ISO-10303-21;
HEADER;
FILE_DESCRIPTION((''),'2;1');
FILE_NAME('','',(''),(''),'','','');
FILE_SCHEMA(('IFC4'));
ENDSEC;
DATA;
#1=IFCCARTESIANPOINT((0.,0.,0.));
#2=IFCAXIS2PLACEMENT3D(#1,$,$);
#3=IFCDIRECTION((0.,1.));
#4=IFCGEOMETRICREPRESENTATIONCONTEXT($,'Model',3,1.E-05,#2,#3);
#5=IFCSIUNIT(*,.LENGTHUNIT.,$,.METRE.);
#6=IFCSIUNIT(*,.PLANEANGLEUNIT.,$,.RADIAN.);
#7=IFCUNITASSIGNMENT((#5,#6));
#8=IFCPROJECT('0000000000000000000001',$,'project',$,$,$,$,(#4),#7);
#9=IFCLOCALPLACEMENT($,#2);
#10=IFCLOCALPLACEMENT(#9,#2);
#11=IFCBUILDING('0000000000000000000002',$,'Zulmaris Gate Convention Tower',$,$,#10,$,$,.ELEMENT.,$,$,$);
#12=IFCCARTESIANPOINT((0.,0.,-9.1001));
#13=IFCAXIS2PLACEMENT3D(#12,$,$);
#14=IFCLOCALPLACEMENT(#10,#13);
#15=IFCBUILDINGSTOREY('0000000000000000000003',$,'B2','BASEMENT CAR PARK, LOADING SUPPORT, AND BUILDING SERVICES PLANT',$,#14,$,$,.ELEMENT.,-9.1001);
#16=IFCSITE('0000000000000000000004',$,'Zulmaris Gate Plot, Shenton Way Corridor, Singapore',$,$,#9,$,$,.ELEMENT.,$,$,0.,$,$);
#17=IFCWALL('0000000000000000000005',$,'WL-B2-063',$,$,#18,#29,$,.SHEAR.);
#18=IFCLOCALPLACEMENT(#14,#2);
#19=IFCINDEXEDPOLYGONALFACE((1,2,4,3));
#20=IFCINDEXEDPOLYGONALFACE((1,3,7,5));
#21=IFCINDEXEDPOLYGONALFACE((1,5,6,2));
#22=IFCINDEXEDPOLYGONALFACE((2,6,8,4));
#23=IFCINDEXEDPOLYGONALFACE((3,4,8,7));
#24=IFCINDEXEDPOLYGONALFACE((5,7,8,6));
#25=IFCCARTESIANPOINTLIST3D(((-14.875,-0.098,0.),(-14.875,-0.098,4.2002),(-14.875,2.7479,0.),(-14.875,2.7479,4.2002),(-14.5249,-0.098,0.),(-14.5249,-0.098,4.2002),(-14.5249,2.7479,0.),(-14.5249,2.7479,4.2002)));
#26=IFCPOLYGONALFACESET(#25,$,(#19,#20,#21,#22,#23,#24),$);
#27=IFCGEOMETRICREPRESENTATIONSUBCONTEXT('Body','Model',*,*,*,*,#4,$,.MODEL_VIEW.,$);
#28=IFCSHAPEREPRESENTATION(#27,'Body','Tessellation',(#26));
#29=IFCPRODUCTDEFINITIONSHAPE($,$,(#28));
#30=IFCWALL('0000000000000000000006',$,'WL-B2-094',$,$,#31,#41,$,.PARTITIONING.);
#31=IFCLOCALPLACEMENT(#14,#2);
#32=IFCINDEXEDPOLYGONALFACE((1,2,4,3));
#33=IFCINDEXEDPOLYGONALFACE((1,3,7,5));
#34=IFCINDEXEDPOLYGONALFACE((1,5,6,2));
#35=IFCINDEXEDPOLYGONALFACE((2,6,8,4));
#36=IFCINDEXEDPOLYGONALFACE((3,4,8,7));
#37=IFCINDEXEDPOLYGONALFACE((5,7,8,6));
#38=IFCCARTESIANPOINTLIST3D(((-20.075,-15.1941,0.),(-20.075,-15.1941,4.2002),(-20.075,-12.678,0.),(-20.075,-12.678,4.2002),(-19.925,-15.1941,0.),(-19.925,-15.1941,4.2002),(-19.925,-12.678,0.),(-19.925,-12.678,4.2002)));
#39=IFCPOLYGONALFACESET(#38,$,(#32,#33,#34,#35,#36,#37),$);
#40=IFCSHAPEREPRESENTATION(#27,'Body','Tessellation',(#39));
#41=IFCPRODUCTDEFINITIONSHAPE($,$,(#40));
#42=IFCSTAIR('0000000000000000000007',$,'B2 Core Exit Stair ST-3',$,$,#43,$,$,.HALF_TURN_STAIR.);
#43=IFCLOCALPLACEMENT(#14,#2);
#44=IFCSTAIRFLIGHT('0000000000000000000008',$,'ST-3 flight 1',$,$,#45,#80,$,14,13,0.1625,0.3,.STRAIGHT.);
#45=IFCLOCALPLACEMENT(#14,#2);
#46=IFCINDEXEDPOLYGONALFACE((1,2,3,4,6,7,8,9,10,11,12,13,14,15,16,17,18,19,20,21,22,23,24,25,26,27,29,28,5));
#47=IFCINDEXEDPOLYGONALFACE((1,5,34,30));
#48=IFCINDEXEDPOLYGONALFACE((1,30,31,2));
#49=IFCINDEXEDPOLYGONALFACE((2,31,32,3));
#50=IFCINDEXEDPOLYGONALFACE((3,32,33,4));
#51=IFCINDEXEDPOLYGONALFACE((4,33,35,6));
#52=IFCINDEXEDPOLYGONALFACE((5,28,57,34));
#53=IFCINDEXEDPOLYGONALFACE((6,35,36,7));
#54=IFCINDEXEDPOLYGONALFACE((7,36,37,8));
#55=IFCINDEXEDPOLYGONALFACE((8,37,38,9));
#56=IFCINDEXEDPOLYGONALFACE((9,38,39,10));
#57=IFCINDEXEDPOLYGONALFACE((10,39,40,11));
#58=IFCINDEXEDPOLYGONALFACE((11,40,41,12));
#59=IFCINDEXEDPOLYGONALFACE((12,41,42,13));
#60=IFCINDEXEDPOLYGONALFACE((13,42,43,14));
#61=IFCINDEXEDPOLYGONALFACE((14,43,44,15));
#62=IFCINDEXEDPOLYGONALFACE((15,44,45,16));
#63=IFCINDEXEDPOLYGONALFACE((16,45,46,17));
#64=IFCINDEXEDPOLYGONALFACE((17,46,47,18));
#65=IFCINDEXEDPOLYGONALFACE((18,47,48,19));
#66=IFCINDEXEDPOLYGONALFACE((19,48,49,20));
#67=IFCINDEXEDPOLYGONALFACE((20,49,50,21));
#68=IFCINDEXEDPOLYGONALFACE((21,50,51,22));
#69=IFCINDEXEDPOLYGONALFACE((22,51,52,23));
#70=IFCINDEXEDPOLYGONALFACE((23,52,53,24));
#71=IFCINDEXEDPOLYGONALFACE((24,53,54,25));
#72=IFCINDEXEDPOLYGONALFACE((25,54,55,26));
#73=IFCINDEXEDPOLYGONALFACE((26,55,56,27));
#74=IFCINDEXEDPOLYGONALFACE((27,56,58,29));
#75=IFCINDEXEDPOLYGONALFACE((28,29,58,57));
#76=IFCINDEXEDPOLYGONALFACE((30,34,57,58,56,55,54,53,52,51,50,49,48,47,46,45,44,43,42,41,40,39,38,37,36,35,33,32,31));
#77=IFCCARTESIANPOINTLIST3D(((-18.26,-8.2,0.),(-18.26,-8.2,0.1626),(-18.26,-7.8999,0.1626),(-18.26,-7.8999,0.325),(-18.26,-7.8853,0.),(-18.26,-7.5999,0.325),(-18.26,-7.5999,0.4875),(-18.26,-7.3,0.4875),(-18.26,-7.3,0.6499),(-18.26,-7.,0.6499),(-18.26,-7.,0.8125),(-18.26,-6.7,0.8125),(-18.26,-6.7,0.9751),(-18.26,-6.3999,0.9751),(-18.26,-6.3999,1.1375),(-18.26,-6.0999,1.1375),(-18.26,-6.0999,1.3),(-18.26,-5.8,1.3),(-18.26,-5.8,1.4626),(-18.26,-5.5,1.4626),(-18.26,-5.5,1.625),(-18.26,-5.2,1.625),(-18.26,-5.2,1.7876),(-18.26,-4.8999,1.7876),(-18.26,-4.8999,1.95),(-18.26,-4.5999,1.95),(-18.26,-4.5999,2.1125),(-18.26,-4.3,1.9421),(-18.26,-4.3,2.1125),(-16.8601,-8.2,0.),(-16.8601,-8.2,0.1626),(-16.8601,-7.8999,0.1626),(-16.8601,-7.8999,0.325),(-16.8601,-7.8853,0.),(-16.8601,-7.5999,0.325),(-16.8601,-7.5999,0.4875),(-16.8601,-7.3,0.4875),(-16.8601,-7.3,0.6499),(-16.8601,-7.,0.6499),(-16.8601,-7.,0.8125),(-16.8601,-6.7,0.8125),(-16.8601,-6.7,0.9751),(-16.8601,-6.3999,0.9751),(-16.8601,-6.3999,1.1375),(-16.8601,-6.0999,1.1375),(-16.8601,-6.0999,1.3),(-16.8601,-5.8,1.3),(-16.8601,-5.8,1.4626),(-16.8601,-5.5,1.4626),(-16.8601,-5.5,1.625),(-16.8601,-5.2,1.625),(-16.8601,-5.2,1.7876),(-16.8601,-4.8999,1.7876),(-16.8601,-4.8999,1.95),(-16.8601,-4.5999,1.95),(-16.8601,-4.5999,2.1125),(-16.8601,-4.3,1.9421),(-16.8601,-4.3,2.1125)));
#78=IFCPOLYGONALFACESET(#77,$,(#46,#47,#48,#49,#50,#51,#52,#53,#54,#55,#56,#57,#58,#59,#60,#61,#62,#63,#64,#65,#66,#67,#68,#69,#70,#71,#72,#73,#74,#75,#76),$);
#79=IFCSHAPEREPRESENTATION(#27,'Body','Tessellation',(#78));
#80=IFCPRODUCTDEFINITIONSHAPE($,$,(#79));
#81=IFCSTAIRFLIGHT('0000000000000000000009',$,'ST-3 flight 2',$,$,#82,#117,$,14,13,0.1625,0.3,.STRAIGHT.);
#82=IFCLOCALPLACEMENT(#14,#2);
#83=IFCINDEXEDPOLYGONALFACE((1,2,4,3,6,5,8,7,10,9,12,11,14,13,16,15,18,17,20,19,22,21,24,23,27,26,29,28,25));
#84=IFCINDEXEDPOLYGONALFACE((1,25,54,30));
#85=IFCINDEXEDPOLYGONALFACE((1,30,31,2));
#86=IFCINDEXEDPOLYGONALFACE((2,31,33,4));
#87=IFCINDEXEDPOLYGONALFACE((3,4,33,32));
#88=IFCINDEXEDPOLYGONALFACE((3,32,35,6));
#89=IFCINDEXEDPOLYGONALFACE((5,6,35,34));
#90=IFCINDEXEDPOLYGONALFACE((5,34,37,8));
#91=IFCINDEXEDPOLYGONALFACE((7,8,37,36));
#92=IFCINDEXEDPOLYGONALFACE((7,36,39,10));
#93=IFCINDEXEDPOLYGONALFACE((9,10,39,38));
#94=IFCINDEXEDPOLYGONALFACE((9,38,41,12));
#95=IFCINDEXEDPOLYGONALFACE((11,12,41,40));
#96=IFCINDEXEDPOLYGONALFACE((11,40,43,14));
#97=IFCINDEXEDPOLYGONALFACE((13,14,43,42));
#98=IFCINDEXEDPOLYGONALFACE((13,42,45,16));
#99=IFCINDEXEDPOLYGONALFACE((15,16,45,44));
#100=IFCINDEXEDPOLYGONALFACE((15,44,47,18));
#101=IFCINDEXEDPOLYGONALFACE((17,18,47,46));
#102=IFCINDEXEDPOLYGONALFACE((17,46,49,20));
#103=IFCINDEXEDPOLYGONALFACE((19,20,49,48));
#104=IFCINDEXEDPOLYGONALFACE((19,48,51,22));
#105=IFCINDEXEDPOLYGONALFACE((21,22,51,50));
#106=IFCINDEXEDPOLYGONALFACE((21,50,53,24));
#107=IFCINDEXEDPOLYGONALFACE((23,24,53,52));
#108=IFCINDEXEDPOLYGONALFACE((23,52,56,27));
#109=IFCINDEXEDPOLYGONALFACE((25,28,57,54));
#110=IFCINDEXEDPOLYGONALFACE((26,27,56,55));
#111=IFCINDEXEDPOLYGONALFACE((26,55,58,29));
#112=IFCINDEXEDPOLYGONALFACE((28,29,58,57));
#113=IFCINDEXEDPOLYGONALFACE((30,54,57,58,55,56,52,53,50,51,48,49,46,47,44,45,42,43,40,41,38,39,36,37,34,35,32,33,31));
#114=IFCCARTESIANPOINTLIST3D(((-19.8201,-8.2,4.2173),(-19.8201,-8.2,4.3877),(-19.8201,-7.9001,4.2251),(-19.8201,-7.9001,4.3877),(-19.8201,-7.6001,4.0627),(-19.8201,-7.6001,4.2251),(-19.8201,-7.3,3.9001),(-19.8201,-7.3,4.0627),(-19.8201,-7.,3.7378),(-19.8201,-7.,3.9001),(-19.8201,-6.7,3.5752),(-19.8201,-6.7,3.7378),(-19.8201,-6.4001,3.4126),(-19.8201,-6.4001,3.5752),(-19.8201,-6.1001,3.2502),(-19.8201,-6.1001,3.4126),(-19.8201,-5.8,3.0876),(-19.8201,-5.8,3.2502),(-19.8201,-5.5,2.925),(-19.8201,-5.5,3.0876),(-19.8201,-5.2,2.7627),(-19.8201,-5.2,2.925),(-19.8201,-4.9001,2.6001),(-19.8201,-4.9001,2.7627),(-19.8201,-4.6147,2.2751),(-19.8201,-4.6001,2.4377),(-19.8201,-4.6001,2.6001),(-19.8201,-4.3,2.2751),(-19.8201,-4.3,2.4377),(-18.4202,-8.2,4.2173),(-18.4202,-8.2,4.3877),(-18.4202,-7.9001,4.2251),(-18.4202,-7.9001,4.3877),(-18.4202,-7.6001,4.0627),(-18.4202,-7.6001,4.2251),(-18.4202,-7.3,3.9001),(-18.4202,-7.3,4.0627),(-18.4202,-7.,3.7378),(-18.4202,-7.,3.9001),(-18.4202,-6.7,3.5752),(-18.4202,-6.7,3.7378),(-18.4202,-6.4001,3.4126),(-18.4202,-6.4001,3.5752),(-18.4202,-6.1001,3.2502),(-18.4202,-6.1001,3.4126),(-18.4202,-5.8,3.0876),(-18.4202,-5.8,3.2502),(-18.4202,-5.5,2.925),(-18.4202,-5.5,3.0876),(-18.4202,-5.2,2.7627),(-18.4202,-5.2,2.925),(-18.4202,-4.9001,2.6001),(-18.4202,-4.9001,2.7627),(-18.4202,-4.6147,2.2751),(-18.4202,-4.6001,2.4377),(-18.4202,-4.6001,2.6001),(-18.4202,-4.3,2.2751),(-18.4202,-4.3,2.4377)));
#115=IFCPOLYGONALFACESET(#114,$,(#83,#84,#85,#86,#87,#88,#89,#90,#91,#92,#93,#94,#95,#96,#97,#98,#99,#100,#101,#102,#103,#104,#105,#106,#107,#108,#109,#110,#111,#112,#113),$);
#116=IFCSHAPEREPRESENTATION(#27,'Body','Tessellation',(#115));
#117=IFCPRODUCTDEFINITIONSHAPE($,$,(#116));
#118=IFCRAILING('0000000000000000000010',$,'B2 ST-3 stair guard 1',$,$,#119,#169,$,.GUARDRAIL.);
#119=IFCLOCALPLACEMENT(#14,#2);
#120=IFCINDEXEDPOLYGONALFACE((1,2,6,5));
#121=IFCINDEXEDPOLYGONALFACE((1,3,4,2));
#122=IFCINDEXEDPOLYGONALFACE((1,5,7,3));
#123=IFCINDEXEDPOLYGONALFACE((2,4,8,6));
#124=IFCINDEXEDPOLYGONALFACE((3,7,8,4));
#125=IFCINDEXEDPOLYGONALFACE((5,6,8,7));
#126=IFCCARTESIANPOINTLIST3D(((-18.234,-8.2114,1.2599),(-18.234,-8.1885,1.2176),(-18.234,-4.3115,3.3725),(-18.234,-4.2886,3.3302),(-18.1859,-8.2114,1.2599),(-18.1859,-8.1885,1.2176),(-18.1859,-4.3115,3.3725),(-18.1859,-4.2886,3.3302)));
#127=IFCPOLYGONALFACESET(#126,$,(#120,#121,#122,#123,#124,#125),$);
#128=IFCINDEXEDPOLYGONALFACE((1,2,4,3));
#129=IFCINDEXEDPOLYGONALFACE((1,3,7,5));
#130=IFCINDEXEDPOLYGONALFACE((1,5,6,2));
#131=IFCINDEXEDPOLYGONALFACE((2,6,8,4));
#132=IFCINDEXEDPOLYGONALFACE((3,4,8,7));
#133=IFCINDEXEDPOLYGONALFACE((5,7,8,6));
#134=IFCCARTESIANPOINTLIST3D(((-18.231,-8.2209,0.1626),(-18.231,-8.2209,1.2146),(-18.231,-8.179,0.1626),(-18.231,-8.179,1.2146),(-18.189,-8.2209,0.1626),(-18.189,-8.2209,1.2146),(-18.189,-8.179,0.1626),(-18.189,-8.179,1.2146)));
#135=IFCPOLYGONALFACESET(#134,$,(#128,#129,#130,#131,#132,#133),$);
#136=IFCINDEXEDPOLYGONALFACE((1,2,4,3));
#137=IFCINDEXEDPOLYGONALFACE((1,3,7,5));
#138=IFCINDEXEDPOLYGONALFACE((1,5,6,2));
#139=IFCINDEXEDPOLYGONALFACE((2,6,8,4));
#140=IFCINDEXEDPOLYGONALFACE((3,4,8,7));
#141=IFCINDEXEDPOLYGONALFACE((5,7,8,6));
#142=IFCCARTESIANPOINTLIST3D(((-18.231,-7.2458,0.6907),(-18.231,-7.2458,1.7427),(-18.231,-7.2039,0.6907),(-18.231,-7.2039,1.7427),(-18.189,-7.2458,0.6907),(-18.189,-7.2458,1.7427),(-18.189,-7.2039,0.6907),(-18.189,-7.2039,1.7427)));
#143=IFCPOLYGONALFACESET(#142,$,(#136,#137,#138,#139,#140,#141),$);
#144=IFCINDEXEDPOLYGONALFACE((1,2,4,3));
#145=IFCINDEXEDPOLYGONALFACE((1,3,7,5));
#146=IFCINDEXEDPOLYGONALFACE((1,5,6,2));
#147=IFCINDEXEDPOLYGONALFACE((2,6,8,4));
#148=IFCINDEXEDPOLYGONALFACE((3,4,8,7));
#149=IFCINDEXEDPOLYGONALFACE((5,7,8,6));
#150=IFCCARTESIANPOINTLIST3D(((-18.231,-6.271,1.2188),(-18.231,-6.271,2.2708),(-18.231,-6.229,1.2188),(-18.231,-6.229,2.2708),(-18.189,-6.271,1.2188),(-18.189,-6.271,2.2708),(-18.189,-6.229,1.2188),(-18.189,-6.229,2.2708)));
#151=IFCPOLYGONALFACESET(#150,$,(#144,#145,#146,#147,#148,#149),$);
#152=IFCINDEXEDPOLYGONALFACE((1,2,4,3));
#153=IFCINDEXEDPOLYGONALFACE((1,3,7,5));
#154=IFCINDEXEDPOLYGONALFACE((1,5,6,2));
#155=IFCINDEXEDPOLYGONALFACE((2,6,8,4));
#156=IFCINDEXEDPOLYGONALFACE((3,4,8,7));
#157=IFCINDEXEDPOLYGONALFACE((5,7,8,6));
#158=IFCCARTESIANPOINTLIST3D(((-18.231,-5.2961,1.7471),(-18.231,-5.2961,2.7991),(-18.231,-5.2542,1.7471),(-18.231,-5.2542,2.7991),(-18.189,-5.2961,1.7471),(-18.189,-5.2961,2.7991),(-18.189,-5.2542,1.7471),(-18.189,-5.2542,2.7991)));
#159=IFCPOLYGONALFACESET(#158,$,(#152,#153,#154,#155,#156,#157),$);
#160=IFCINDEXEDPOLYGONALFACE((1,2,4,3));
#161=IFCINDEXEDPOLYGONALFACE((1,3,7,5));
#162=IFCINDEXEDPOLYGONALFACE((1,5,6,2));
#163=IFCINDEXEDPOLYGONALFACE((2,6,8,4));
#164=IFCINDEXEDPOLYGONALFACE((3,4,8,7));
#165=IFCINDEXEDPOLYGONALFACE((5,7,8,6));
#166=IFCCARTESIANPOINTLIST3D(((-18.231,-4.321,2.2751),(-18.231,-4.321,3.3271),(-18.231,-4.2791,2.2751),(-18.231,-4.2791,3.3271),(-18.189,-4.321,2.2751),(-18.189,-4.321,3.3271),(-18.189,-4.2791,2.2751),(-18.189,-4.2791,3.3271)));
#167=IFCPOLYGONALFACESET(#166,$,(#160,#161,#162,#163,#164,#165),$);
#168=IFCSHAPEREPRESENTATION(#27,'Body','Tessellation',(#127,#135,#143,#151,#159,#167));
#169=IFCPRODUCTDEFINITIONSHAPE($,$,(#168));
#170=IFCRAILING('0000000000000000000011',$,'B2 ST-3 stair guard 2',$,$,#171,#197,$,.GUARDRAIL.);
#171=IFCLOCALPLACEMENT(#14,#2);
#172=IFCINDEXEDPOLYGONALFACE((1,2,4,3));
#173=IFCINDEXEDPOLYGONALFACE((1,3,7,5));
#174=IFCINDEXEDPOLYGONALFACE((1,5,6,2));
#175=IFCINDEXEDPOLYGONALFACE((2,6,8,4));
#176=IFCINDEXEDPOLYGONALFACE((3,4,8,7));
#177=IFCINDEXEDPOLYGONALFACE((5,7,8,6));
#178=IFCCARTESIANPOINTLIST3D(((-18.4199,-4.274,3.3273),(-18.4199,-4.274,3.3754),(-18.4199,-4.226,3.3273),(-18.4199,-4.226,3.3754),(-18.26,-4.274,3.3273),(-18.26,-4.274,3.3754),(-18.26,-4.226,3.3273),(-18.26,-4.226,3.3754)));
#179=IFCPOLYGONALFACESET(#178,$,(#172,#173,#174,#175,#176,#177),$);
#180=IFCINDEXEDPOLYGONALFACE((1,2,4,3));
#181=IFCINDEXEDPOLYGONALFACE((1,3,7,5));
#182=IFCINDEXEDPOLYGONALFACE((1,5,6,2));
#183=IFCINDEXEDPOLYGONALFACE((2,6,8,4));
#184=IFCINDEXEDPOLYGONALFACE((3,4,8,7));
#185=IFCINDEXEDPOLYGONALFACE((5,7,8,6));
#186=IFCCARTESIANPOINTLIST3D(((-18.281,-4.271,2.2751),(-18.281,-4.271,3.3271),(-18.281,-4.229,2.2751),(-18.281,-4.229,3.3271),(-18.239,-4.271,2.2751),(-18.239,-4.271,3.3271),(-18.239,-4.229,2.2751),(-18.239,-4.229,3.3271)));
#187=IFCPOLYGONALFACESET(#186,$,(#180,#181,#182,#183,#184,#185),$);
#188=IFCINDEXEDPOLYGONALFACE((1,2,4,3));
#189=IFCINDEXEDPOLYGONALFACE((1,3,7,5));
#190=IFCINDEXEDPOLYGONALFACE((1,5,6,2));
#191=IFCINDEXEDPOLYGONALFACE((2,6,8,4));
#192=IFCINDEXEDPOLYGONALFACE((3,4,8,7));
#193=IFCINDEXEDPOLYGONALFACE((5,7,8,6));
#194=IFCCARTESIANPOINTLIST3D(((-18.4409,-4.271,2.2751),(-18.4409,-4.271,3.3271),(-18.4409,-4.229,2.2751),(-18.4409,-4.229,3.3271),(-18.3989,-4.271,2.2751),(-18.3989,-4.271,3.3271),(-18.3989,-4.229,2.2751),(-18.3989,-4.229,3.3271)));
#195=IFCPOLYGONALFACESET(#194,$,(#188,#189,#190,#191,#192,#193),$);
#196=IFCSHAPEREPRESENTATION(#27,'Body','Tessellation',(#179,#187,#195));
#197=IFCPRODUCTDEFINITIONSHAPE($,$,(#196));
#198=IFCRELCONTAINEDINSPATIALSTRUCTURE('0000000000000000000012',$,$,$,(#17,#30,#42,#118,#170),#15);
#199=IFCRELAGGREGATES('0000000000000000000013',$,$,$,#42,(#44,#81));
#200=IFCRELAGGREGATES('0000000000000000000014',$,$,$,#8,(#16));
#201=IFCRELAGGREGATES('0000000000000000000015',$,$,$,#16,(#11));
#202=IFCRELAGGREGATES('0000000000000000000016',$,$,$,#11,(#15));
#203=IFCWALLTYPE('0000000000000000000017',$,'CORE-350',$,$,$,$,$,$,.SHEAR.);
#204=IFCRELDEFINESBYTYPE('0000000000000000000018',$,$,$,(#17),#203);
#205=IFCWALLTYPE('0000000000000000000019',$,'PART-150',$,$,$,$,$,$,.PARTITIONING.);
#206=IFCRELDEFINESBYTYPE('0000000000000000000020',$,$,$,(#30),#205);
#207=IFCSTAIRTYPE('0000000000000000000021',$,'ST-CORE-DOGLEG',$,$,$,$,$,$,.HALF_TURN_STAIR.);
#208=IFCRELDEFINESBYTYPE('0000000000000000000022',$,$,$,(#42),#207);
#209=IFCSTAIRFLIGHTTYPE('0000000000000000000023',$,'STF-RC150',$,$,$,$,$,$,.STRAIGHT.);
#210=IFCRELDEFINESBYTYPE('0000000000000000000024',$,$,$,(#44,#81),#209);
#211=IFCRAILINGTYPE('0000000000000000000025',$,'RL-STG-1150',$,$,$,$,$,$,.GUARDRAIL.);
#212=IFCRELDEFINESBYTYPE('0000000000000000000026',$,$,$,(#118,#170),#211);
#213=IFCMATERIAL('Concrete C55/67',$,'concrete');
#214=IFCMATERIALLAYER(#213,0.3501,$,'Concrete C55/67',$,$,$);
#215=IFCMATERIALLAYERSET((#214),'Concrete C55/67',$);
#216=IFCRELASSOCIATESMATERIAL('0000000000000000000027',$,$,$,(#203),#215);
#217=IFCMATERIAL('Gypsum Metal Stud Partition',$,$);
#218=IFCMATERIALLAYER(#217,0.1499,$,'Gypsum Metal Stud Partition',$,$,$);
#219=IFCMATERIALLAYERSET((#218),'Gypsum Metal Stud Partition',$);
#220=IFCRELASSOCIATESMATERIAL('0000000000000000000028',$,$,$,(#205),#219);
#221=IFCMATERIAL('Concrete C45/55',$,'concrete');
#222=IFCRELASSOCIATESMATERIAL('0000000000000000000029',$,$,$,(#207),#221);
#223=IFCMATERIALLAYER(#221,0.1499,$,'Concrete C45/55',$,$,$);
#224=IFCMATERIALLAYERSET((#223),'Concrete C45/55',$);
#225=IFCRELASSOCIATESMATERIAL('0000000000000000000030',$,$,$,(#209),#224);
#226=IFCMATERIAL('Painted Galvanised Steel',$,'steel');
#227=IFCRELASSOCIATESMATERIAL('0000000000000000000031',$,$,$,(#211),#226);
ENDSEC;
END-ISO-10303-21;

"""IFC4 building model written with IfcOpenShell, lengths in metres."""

from ifc_helpers import new_model, si_unit, direction, frame, frame_2d, origin, origin_2d, place, context, subcontext, project, spatial, polyline, rectangle, outline, extrude, material, layer, layer_set, type_object, element, aggregate, save


model = new_model("IFC4")

# Units and contexts
model_context = context("Model", 3, precision=1e-05, world=origin(), true_north=direction((0.0, 1.0)))
body_context = subcontext(model_context, "Body", "Model", "MODEL_VIEW")
ifc_project = project(units=[si_unit("LENGTHUNIT", "METRE"), si_unit("PLANEANGLEUNIT", "RADIAN")], contexts=[model_context])

# Site, building, storey
site_placement = place(None, origin())
site = spatial("IfcSite", under=ifc_project, at=site_placement, Name="Zulmaris Gate Plot, Shenton Way Corridor, Singapore", CompositionType="ELEMENT", RefElevation=0.0)
building_placement = place(site_placement, origin())
building = spatial("IfcBuilding", under=site, at=building_placement, Name="Zulmaris Gate Convention Tower", CompositionType="ELEMENT")
storey_placement = place(building_placement, frame((0.0, 0.0, -9.1001)))
storey = spatial("IfcBuildingStorey", under=building, at=storey_placement, Name="B2", Description="BASEMENT CAR PARK, LOADING SUPPORT, AND BUILDING SERVICES PLANT", CompositionType="ELEMENT", Elevation=-9.1001)

# Shared definitions
ifc_material_1 = material(Name="Concrete C55/67", Category="concrete")
ifc_layer_1 = layer(ifc_material_1, 0.3501, Name="Concrete C55/67")
ifc_layer_set_1 = layer_set([ifc_layer_1], Name="Concrete C55/67")
wall_type_1 = type_object("IfcWallType", Name="CORE-350", PredefinedType="SHEAR", material=ifc_layer_set_1)

# Walls
wall_1_placement = place(storey_placement, frame((-14.7, -0.0979, 0.0), z_axis=(0.0, 0.0, 1.0), x_axis=(0.0, 1.0, 0.0)))
element("IfcWall", 1, at=wall_1_placement, inside=storey, type_object=wall_type_1, Name="WL-B2-063", PredefinedType="SHEAR", context=body_context, shape_type="SweptSolid", body=[
    extrude(rectangle(XDim=2.8459, YDim=0.3501, at=frame_2d((1.4229, 0.0))), origin(), (0.0, 0.0, 1.0), 4.2002),
])
ifc_material_2 = material(Name="Gypsum Metal Stud Partition")
ifc_layer_2 = layer(ifc_material_2, 0.1499, Name="Gypsum Metal Stud Partition")
ifc_layer_set_2 = layer_set([ifc_layer_2], Name="Gypsum Metal Stud Partition")
wall_type_2 = type_object("IfcWallType", Name="PART-150", PredefinedType="PARTITIONING", material=ifc_layer_set_2)
wall_2_placement = place(storey_placement, frame((-20.0, -15.1941, 0.0), z_axis=(0.0, 0.0, 1.0), x_axis=(0.0, 1.0, 0.0)))
element("IfcWall", 2, at=wall_2_placement, inside=storey, type_object=wall_type_2, Name="WL-B2-094", PredefinedType="PARTITIONING", context=body_context, shape_type="SweptSolid", body=[
    extrude(rectangle(XDim=2.5161, YDim=0.1499, at=frame_2d((1.2581, 0.0))), origin(), (0.0, 0.0, 1.0), 4.2002),
])

# Stair, stair flights
ifc_material_3 = material(Name="Concrete C45/55", Category="concrete")
stair_type = type_object("IfcStairType", Name="ST-CORE-DOGLEG", PredefinedType="HALF_TURN_STAIR", material=ifc_material_3)
stair_placement = place(storey_placement, origin())
stair = element("IfcStair", 3, at=stair_placement, inside=storey, type_object=stair_type, Name="B2 Core Exit Stair ST-3", PredefinedType="HALF_TURN_STAIR")
ifc_layer_3 = layer(ifc_material_3, 0.1499, Name="Concrete C45/55")
ifc_layer_set_3 = layer_set([ifc_layer_3], Name="Concrete C45/55")
stair_flight_type = type_object("IfcStairFlightType", Name="STF-RC150", PredefinedType="STRAIGHT", material=ifc_layer_set_3)
stair_flight_1_placement = place(storey_placement, frame((-17.5601, -8.2, 0.0), z_axis=(0.0, 0.0, 1.0), x_axis=(0.0, 1.0, 0.0)))
stair_flight_1 = element("IfcStairFlight", 4, at=stair_flight_1_placement, type_object=stair_flight_type, Name="ST-3 flight 1", NumberOfRisers=14, NumberOfTreads=13, PredefinedType="STRAIGHT", RiserHeight=0.1625, TreadLength=0.3, context=body_context, shape_type="SweptSolid", body=[
    extrude(outline(polyline([(0.0, 0.0), (0.0, 0.1626), (0.3, 0.1626), (0.3, 0.325), (0.6001, 0.325), (0.6001, 0.4875), (0.8999, 0.4875), (0.8999, 0.6499), (1.2, 0.6499), (1.2, 0.8125), (1.5, 0.8125), (1.5, 0.9751), (1.8, 0.9751), (1.8, 1.1375), (2.1001, 1.1375), (2.1001, 1.3), (2.3999, 1.3), (2.3999, 1.4626), (2.7, 1.4626), (2.7, 1.625), (3.0, 1.625), (3.0, 1.7876), (3.3, 1.7876), (3.3, 1.95), (3.6001, 1.95), (3.6001, 2.1125), (3.8999, 2.1125), (3.8999, 2.2751), (3.8999, 1.9421), (0.3147, 0.0), (0.0, 0.0)])), frame((0.0, 0.7, 0.0), z_axis=(0.0, -1.0, 0.0), x_axis=(1.0, 0.0, 0.0)), (0.0, 0.0, 1.0), 1.3999),
])
stair_flight_2_placement = place(storey_placement, frame((-19.1201, -4.3, 2.2751), z_axis=(0.0, 0.0, 1.0), x_axis=(0.0, -1.0, 0.0)))
stair_flight_2 = element("IfcStairFlight", 5, at=stair_flight_2_placement, type_object=stair_flight_type, Name="ST-3 flight 2", NumberOfRisers=14, NumberOfTreads=13, PredefinedType="STRAIGHT", RiserHeight=0.1625, TreadLength=0.3, context=body_context, shape_type="SweptSolid", body=[
    extrude(outline(polyline([(0.0, 0.0), (0.0, 0.1626), (0.3, 0.1626), (0.3, 0.325), (0.6001, 0.325), (0.6001, 0.4875), (0.8999, 0.4875), (0.8999, 0.6499), (1.2, 0.6499), (1.2, 0.8125), (1.5, 0.8125), (1.5, 0.9751), (1.8, 0.9751), (1.8, 1.1375), (2.1001, 1.1375), (2.1001, 1.3), (2.3999, 1.3), (2.3999, 1.4626), (2.7, 1.4626), (2.7, 1.625), (3.0, 1.625), (3.0, 1.7876), (3.3, 1.7876), (3.3, 1.95), (3.6001, 1.95), (3.6001, 2.1125), (3.8999, 2.1125), (3.8999, 2.2751), (3.8999, 1.9421), (0.3147, 0.0), (0.0, 0.0)])), frame((0.0, 0.7, 0.0), z_axis=(0.0, -1.0, 0.0), x_axis=(1.0, 0.0, 0.0)), (0.0, 0.0, 1.0), 1.3999),
])
aggregate(stair, [stair_flight_1, stair_flight_2])

# Railings
ifc_material_4 = material(Name="Painted Galvanised Steel", Category="steel")
railing_type_1 = type_object("IfcRailingType", Name="RL-STG-1150", PredefinedType="GUARDRAIL", material=ifc_material_4)
railing_1_placement = place(storey_placement, frame((-18.21, -8.2, 0.1626)))
element("IfcRailing", 6, at=railing_1_placement, inside=storey, type_object=railing_type_1, Name="B2 ST-3 stair guard 1", PredefinedType="GUARDRAIL", context=body_context, shape_type="SweptSolid", body=[
    extrude(rectangle(XDim=0.0481, YDim=0.0481, at=origin_2d()), frame((0.0, 0.0, 1.0762), z_axis=(0.0, 0.879282, 0.476301), x_axis=(-1.0, 0.0, 0.0)), (0.0, 0.0, 1.0), 4.4353),
    extrude(rectangle(XDim=0.042, YDim=0.042, at=origin_2d()), origin(), (0.0, 0.0, 1.0), 1.052),
    extrude(rectangle(XDim=0.042, YDim=0.042, at=origin_2d()), frame((0.0, 0.9751, 0.5281)), (0.0, 0.0, 1.0), 1.052),
    extrude(rectangle(XDim=0.042, YDim=0.042, at=origin_2d()), frame((0.0, 1.95, 1.0562)), (0.0, 0.0, 1.0), 1.052),
    extrude(rectangle(XDim=0.042, YDim=0.042, at=origin_2d()), frame((0.0, 2.9248, 1.5845)), (0.0, 0.0, 1.0), 1.052),
    extrude(rectangle(XDim=0.042, YDim=0.042, at=origin_2d()), frame((0.0, 3.8999, 2.1125)), (0.0, 0.0, 1.0), 1.052),
])
railing_2_placement = place(storey_placement, frame((-18.26, -4.25, 2.2751)))
element("IfcRailing", 7, at=railing_2_placement, inside=storey, type_object=railing_type_1, Name="B2 ST-3 stair guard 2", PredefinedType="GUARDRAIL", context=body_context, shape_type="SweptSolid", body=[
    extrude(rectangle(XDim=0.0481, YDim=0.0481, at=origin_2d()), frame((0.0, 0.0, 1.0762), z_axis=(-1.0, 0.0, 0.0), x_axis=(0.0, -1.0, 0.0)), (0.0, 0.0, 1.0), 0.1599),
    extrude(rectangle(XDim=0.042, YDim=0.042, at=origin_2d()), origin(), (0.0, 0.0, 1.0), 1.052),
    extrude(rectangle(XDim=0.042, YDim=0.042, at=origin_2d()), frame((-0.1599, 0.0, 0.0)), (0.0, 0.0, 1.0), 1.052),
])

save(model, "model.ifc")
